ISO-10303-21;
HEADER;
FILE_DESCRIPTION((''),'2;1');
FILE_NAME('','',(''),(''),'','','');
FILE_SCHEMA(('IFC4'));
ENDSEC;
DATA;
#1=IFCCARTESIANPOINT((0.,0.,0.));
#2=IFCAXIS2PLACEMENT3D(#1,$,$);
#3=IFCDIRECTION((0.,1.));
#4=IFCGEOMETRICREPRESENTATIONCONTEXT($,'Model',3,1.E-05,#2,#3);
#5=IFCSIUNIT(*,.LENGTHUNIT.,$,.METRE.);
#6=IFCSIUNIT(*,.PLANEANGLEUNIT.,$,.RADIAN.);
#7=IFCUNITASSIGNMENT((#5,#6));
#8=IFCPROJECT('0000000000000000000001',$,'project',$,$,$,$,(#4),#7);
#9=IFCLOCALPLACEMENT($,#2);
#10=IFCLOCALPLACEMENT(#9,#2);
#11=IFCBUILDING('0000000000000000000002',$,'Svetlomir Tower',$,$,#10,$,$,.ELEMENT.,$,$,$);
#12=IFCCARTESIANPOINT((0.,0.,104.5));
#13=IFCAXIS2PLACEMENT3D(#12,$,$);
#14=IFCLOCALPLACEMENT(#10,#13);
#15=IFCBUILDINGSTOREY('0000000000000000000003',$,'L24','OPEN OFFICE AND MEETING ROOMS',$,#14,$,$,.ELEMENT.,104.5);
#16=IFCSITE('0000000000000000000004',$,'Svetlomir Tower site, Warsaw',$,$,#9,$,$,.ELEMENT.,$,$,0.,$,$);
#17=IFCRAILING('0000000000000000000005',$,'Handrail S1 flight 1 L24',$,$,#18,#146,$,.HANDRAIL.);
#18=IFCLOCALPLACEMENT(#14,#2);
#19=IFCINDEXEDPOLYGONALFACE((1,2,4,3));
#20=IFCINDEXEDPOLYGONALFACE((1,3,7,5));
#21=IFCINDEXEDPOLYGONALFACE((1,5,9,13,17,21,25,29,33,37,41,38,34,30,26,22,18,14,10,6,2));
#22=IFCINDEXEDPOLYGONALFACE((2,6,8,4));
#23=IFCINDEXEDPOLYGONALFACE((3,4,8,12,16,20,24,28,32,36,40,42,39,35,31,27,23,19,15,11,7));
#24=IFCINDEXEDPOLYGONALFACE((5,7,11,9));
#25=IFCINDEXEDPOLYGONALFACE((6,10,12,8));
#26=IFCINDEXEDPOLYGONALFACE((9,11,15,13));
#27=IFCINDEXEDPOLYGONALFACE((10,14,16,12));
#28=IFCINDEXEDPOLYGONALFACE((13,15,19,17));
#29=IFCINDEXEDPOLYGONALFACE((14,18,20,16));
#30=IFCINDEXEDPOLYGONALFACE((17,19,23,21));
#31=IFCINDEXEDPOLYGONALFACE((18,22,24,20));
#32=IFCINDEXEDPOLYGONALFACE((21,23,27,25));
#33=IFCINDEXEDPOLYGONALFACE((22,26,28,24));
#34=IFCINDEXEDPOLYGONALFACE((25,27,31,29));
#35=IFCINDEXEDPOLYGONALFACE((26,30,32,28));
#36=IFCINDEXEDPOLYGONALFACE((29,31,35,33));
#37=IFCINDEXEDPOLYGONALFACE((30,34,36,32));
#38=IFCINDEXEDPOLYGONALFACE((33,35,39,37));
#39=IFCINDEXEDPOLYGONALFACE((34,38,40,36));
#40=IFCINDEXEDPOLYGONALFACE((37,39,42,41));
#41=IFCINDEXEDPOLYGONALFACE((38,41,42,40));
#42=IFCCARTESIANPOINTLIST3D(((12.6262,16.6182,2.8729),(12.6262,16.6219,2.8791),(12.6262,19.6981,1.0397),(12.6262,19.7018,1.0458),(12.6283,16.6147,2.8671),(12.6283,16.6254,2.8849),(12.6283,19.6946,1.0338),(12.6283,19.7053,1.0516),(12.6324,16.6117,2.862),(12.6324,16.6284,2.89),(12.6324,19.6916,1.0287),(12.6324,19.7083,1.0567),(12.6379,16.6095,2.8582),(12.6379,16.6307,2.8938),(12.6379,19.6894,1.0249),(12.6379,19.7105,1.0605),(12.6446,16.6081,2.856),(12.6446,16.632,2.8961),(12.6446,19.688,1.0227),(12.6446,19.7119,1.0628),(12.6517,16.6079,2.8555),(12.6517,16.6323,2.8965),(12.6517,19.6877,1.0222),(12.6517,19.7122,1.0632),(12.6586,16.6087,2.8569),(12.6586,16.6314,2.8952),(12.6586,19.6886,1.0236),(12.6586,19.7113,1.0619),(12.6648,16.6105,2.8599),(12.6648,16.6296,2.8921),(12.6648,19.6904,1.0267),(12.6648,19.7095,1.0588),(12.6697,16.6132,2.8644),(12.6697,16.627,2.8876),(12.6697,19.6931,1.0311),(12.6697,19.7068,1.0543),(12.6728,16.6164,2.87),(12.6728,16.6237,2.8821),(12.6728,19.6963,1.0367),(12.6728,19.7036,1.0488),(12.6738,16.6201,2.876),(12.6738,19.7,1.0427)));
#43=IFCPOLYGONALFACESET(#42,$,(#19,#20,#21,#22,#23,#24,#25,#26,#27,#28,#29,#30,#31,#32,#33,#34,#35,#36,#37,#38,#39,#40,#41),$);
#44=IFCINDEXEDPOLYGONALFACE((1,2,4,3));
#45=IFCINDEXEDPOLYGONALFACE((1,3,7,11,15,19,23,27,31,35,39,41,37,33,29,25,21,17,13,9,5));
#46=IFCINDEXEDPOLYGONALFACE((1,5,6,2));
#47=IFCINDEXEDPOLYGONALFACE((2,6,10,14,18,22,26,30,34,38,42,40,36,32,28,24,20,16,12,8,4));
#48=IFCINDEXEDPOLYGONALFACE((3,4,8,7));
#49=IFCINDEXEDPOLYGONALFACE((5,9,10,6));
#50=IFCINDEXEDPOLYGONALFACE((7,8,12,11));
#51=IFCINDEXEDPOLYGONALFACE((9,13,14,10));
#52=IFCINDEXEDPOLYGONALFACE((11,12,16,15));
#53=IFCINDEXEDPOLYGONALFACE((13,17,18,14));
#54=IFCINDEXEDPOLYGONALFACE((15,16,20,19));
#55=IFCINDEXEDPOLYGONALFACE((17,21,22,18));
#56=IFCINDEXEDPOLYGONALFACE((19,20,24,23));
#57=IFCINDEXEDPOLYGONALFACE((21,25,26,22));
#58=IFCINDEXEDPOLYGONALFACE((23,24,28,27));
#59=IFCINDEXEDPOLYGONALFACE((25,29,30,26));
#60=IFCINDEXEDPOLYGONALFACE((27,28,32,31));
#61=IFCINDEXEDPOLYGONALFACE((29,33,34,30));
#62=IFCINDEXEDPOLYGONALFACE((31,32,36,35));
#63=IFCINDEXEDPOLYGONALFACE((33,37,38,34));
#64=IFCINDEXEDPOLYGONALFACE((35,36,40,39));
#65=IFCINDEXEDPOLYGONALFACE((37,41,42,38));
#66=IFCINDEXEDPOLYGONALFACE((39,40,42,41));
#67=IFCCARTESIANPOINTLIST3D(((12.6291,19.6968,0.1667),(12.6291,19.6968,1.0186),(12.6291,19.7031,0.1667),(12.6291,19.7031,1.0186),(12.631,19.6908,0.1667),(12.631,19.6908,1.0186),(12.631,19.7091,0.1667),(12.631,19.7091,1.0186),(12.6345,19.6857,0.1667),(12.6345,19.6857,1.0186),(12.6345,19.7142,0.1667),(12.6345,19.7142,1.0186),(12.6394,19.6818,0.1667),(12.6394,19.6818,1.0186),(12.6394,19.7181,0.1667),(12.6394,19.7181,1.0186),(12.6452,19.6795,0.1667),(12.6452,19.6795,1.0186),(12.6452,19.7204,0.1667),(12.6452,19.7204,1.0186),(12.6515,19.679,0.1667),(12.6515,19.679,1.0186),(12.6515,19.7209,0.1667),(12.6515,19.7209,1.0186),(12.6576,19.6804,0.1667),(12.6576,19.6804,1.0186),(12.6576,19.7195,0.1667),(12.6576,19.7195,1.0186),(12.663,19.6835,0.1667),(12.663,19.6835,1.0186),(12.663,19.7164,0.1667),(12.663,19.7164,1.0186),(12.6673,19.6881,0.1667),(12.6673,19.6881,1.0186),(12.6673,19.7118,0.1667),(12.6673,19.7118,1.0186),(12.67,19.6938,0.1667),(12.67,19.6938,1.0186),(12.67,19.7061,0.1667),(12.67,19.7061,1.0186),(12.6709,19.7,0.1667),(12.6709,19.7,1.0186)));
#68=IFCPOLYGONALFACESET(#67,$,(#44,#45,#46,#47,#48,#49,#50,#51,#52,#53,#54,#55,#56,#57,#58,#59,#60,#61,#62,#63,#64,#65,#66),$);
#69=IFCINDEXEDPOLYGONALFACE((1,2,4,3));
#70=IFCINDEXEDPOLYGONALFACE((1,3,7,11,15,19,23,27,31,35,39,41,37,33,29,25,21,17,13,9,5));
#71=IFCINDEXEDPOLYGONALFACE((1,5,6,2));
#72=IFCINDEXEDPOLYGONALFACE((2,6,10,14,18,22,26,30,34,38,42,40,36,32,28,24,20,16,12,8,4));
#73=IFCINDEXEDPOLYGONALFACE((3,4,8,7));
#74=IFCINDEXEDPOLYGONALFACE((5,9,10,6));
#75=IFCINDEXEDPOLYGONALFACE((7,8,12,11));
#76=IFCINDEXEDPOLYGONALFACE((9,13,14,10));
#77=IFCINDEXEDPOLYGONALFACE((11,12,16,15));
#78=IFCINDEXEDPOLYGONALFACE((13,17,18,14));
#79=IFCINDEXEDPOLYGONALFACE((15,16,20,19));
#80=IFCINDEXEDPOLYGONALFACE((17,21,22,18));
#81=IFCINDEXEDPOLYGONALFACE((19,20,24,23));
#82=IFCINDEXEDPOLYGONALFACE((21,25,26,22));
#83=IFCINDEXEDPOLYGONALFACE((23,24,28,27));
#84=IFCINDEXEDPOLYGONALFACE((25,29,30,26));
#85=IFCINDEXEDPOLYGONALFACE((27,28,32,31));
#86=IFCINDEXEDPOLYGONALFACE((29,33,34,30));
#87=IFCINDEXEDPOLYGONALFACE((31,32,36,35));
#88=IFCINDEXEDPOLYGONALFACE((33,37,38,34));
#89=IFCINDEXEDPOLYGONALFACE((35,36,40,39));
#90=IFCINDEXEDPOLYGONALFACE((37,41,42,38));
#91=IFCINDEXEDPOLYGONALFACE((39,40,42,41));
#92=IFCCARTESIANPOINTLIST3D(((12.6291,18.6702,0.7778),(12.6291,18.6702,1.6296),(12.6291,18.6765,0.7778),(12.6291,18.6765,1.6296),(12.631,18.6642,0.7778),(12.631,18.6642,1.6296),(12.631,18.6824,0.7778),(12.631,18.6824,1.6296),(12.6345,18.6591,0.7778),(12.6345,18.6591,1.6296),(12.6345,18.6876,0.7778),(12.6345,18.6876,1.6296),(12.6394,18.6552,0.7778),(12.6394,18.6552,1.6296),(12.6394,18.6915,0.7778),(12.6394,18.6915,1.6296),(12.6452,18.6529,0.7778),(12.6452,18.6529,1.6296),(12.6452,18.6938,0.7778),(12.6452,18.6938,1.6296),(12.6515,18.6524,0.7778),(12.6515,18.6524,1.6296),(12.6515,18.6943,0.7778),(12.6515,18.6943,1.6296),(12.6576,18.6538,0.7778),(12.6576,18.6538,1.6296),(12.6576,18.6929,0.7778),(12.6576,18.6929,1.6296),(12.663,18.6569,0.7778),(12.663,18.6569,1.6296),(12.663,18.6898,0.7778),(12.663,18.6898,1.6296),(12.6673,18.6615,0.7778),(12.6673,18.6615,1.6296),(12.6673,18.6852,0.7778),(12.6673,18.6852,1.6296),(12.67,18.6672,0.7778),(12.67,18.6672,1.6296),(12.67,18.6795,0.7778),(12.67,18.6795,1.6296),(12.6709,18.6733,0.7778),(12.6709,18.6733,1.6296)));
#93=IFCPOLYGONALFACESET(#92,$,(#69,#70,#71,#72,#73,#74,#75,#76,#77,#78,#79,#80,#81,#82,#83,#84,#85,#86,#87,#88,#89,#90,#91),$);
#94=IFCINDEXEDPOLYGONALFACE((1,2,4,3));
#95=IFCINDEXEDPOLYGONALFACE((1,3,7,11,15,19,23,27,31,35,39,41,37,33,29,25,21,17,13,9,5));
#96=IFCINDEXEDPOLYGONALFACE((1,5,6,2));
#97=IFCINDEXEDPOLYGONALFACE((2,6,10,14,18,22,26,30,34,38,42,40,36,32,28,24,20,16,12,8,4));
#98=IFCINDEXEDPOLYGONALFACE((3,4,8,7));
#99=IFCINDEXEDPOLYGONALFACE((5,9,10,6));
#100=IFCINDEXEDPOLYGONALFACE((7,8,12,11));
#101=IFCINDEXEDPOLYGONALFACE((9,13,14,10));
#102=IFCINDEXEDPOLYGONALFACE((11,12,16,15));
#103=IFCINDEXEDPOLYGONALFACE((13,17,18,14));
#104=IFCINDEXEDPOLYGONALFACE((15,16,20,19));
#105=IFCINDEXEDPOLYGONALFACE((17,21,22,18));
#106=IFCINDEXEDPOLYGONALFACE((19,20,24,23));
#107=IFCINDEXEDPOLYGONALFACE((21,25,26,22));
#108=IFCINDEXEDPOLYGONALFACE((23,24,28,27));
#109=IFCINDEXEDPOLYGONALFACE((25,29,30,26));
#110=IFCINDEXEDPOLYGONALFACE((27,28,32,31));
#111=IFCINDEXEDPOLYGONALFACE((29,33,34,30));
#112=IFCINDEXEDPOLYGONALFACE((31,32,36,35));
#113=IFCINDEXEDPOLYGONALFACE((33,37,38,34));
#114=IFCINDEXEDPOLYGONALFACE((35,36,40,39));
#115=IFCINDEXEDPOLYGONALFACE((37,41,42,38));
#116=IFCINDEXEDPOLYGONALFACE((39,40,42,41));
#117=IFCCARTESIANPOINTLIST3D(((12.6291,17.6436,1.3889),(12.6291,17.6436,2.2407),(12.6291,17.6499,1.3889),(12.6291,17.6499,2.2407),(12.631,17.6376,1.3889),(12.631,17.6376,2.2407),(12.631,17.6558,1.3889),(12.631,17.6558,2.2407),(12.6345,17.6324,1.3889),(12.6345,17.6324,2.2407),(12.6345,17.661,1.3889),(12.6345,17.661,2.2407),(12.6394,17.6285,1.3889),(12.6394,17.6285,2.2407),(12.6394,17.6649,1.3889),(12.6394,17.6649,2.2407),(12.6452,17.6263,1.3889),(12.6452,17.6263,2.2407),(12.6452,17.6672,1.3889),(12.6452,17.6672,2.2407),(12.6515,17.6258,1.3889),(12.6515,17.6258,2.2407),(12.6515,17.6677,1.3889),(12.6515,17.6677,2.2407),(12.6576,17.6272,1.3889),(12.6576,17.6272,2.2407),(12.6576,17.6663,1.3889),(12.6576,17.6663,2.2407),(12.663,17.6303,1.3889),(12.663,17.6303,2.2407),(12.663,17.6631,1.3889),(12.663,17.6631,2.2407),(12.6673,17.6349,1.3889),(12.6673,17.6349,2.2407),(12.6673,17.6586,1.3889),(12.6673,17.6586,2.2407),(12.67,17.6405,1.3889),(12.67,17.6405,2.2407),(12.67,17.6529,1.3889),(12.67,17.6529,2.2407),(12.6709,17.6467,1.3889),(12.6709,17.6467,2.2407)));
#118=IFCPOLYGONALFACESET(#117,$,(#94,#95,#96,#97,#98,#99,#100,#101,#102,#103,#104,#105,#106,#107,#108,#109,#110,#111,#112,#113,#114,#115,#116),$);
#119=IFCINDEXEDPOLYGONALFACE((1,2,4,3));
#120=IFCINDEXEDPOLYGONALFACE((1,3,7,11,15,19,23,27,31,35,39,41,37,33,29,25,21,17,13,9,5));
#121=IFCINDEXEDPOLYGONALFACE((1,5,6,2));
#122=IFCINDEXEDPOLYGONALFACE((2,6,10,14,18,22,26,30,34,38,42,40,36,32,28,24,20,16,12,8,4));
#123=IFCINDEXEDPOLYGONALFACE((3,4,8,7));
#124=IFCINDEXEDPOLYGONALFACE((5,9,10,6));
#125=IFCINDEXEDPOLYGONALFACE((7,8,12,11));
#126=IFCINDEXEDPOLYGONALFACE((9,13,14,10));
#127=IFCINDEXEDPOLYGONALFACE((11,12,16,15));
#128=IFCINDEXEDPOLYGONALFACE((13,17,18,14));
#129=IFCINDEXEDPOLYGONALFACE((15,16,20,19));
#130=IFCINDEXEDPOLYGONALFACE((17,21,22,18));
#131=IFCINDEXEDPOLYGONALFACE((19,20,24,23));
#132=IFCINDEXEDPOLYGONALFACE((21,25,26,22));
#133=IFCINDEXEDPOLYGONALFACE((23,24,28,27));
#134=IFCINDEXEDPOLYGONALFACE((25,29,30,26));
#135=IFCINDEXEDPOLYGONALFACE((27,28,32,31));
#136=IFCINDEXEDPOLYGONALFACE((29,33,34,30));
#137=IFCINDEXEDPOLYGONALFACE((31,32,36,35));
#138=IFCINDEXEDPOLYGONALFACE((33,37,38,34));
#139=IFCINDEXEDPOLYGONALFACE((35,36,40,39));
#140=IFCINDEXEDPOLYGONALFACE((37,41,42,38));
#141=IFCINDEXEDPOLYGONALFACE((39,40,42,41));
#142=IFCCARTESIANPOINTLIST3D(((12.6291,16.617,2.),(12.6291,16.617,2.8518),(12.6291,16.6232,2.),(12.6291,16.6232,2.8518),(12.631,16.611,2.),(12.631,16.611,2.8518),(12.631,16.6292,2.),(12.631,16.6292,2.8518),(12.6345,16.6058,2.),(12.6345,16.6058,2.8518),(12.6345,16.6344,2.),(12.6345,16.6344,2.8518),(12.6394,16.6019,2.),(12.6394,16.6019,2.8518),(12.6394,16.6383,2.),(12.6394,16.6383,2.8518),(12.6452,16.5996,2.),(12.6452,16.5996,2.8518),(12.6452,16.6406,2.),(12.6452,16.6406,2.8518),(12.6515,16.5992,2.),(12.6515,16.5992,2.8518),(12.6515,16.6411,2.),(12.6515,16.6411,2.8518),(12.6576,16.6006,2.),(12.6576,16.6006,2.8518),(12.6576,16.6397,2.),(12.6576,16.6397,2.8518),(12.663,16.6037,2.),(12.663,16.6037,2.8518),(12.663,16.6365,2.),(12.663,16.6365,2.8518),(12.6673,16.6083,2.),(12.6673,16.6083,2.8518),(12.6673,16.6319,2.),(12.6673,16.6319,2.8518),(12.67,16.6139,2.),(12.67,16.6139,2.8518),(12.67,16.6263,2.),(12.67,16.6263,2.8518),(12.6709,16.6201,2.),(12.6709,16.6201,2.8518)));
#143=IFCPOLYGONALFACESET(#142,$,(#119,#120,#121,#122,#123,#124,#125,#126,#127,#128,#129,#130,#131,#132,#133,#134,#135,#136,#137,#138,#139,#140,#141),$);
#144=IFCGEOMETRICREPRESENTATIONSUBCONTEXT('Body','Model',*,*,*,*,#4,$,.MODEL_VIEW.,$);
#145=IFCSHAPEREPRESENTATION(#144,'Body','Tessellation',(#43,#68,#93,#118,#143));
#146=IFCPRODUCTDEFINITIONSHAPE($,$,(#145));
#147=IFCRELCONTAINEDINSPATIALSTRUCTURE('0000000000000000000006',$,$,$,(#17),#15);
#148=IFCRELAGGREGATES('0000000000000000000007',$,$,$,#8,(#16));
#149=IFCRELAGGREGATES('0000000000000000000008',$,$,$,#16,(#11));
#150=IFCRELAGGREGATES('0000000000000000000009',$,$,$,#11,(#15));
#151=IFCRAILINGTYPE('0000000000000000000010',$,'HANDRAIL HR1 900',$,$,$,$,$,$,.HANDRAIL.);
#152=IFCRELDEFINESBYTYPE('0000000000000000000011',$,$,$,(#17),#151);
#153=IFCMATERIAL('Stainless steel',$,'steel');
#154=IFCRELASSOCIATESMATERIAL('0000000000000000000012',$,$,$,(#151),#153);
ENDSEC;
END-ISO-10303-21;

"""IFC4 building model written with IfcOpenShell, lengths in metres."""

from ifc_helpers import new_model, si_unit, direction, frame, origin, origin_2d, place, context, subcontext, project, spatial, circle, extrude, material, type_object, element, save


model = new_model("IFC4")

# Units and contexts
model_context = context("Model", 3, precision=1e-05, world=origin(), true_north=direction((0.0, 1.0)))
body_context = subcontext(model_context, "Body", "Model", "MODEL_VIEW")
ifc_project = project(units=[si_unit("LENGTHUNIT", "METRE"), si_unit("PLANEANGLEUNIT", "RADIAN")], contexts=[model_context])

# Site, building, storey
site_placement = place(None, origin())
site = spatial("IfcSite", under=ifc_project, at=site_placement, Name="Svetlomir Tower site, Warsaw", CompositionType="ELEMENT", RefElevation=0.0)
building_placement = place(site_placement, origin())
building = spatial("IfcBuilding", under=site, at=building_placement, Name="Svetlomir Tower", CompositionType="ELEMENT")
storey_placement = place(building_placement, frame((0.0, 0.0, 104.5)))
storey = spatial("IfcBuildingStorey", under=building, at=storey_placement, Name="L24", Description="OPEN OFFICE AND MEETING ROOMS", CompositionType="ELEMENT", Elevation=104.5)

# Railing
ifc_material_1 = material(Name="Stainless steel", Category="steel")
railing_type = type_object("IfcRailingType", Name="HANDRAIL HR1 900", PredefinedType="HANDRAIL", material=ifc_material_1)
railing_placement = place(storey_placement, frame((12.6499, 19.7, 0.1667)))
element("IfcRailing", 1, at=railing_placement, inside=storey, type_object=railing_type, Name="Handrail S1 flight 1 L24", PredefinedType="HANDRAIL", context=body_context, shape_type="SweptSolid", body=[
    extrude(circle(Radius=0.0239, at=origin_2d()), frame((0.0, 0.0, 0.876), z_axis=(0.0, -0.859291, 0.511487), x_axis=(1.0, 0.0, 0.0)), (0.0, 0.0, 1.0), 3.5842),
    extrude(circle(Radius=0.021, at=origin_2d()), origin(), (0.0, 0.0, 1.0), 0.8518),
    extrude(circle(Radius=0.021, at=origin_2d()), frame((0.0, -1.0266, 0.6111)), (0.0, 0.0, 1.0), 0.8518),
    extrude(circle(Radius=0.021, at=origin_2d()), frame((0.0, -2.0532, 1.2222)), (0.0, 0.0, 1.0), 0.8518),
    extrude(circle(Radius=0.021, at=origin_2d()), frame((0.0, -3.0798, 1.8333)), (0.0, 0.0, 1.0), 0.8518),
])

save(model, "model.ifc")
